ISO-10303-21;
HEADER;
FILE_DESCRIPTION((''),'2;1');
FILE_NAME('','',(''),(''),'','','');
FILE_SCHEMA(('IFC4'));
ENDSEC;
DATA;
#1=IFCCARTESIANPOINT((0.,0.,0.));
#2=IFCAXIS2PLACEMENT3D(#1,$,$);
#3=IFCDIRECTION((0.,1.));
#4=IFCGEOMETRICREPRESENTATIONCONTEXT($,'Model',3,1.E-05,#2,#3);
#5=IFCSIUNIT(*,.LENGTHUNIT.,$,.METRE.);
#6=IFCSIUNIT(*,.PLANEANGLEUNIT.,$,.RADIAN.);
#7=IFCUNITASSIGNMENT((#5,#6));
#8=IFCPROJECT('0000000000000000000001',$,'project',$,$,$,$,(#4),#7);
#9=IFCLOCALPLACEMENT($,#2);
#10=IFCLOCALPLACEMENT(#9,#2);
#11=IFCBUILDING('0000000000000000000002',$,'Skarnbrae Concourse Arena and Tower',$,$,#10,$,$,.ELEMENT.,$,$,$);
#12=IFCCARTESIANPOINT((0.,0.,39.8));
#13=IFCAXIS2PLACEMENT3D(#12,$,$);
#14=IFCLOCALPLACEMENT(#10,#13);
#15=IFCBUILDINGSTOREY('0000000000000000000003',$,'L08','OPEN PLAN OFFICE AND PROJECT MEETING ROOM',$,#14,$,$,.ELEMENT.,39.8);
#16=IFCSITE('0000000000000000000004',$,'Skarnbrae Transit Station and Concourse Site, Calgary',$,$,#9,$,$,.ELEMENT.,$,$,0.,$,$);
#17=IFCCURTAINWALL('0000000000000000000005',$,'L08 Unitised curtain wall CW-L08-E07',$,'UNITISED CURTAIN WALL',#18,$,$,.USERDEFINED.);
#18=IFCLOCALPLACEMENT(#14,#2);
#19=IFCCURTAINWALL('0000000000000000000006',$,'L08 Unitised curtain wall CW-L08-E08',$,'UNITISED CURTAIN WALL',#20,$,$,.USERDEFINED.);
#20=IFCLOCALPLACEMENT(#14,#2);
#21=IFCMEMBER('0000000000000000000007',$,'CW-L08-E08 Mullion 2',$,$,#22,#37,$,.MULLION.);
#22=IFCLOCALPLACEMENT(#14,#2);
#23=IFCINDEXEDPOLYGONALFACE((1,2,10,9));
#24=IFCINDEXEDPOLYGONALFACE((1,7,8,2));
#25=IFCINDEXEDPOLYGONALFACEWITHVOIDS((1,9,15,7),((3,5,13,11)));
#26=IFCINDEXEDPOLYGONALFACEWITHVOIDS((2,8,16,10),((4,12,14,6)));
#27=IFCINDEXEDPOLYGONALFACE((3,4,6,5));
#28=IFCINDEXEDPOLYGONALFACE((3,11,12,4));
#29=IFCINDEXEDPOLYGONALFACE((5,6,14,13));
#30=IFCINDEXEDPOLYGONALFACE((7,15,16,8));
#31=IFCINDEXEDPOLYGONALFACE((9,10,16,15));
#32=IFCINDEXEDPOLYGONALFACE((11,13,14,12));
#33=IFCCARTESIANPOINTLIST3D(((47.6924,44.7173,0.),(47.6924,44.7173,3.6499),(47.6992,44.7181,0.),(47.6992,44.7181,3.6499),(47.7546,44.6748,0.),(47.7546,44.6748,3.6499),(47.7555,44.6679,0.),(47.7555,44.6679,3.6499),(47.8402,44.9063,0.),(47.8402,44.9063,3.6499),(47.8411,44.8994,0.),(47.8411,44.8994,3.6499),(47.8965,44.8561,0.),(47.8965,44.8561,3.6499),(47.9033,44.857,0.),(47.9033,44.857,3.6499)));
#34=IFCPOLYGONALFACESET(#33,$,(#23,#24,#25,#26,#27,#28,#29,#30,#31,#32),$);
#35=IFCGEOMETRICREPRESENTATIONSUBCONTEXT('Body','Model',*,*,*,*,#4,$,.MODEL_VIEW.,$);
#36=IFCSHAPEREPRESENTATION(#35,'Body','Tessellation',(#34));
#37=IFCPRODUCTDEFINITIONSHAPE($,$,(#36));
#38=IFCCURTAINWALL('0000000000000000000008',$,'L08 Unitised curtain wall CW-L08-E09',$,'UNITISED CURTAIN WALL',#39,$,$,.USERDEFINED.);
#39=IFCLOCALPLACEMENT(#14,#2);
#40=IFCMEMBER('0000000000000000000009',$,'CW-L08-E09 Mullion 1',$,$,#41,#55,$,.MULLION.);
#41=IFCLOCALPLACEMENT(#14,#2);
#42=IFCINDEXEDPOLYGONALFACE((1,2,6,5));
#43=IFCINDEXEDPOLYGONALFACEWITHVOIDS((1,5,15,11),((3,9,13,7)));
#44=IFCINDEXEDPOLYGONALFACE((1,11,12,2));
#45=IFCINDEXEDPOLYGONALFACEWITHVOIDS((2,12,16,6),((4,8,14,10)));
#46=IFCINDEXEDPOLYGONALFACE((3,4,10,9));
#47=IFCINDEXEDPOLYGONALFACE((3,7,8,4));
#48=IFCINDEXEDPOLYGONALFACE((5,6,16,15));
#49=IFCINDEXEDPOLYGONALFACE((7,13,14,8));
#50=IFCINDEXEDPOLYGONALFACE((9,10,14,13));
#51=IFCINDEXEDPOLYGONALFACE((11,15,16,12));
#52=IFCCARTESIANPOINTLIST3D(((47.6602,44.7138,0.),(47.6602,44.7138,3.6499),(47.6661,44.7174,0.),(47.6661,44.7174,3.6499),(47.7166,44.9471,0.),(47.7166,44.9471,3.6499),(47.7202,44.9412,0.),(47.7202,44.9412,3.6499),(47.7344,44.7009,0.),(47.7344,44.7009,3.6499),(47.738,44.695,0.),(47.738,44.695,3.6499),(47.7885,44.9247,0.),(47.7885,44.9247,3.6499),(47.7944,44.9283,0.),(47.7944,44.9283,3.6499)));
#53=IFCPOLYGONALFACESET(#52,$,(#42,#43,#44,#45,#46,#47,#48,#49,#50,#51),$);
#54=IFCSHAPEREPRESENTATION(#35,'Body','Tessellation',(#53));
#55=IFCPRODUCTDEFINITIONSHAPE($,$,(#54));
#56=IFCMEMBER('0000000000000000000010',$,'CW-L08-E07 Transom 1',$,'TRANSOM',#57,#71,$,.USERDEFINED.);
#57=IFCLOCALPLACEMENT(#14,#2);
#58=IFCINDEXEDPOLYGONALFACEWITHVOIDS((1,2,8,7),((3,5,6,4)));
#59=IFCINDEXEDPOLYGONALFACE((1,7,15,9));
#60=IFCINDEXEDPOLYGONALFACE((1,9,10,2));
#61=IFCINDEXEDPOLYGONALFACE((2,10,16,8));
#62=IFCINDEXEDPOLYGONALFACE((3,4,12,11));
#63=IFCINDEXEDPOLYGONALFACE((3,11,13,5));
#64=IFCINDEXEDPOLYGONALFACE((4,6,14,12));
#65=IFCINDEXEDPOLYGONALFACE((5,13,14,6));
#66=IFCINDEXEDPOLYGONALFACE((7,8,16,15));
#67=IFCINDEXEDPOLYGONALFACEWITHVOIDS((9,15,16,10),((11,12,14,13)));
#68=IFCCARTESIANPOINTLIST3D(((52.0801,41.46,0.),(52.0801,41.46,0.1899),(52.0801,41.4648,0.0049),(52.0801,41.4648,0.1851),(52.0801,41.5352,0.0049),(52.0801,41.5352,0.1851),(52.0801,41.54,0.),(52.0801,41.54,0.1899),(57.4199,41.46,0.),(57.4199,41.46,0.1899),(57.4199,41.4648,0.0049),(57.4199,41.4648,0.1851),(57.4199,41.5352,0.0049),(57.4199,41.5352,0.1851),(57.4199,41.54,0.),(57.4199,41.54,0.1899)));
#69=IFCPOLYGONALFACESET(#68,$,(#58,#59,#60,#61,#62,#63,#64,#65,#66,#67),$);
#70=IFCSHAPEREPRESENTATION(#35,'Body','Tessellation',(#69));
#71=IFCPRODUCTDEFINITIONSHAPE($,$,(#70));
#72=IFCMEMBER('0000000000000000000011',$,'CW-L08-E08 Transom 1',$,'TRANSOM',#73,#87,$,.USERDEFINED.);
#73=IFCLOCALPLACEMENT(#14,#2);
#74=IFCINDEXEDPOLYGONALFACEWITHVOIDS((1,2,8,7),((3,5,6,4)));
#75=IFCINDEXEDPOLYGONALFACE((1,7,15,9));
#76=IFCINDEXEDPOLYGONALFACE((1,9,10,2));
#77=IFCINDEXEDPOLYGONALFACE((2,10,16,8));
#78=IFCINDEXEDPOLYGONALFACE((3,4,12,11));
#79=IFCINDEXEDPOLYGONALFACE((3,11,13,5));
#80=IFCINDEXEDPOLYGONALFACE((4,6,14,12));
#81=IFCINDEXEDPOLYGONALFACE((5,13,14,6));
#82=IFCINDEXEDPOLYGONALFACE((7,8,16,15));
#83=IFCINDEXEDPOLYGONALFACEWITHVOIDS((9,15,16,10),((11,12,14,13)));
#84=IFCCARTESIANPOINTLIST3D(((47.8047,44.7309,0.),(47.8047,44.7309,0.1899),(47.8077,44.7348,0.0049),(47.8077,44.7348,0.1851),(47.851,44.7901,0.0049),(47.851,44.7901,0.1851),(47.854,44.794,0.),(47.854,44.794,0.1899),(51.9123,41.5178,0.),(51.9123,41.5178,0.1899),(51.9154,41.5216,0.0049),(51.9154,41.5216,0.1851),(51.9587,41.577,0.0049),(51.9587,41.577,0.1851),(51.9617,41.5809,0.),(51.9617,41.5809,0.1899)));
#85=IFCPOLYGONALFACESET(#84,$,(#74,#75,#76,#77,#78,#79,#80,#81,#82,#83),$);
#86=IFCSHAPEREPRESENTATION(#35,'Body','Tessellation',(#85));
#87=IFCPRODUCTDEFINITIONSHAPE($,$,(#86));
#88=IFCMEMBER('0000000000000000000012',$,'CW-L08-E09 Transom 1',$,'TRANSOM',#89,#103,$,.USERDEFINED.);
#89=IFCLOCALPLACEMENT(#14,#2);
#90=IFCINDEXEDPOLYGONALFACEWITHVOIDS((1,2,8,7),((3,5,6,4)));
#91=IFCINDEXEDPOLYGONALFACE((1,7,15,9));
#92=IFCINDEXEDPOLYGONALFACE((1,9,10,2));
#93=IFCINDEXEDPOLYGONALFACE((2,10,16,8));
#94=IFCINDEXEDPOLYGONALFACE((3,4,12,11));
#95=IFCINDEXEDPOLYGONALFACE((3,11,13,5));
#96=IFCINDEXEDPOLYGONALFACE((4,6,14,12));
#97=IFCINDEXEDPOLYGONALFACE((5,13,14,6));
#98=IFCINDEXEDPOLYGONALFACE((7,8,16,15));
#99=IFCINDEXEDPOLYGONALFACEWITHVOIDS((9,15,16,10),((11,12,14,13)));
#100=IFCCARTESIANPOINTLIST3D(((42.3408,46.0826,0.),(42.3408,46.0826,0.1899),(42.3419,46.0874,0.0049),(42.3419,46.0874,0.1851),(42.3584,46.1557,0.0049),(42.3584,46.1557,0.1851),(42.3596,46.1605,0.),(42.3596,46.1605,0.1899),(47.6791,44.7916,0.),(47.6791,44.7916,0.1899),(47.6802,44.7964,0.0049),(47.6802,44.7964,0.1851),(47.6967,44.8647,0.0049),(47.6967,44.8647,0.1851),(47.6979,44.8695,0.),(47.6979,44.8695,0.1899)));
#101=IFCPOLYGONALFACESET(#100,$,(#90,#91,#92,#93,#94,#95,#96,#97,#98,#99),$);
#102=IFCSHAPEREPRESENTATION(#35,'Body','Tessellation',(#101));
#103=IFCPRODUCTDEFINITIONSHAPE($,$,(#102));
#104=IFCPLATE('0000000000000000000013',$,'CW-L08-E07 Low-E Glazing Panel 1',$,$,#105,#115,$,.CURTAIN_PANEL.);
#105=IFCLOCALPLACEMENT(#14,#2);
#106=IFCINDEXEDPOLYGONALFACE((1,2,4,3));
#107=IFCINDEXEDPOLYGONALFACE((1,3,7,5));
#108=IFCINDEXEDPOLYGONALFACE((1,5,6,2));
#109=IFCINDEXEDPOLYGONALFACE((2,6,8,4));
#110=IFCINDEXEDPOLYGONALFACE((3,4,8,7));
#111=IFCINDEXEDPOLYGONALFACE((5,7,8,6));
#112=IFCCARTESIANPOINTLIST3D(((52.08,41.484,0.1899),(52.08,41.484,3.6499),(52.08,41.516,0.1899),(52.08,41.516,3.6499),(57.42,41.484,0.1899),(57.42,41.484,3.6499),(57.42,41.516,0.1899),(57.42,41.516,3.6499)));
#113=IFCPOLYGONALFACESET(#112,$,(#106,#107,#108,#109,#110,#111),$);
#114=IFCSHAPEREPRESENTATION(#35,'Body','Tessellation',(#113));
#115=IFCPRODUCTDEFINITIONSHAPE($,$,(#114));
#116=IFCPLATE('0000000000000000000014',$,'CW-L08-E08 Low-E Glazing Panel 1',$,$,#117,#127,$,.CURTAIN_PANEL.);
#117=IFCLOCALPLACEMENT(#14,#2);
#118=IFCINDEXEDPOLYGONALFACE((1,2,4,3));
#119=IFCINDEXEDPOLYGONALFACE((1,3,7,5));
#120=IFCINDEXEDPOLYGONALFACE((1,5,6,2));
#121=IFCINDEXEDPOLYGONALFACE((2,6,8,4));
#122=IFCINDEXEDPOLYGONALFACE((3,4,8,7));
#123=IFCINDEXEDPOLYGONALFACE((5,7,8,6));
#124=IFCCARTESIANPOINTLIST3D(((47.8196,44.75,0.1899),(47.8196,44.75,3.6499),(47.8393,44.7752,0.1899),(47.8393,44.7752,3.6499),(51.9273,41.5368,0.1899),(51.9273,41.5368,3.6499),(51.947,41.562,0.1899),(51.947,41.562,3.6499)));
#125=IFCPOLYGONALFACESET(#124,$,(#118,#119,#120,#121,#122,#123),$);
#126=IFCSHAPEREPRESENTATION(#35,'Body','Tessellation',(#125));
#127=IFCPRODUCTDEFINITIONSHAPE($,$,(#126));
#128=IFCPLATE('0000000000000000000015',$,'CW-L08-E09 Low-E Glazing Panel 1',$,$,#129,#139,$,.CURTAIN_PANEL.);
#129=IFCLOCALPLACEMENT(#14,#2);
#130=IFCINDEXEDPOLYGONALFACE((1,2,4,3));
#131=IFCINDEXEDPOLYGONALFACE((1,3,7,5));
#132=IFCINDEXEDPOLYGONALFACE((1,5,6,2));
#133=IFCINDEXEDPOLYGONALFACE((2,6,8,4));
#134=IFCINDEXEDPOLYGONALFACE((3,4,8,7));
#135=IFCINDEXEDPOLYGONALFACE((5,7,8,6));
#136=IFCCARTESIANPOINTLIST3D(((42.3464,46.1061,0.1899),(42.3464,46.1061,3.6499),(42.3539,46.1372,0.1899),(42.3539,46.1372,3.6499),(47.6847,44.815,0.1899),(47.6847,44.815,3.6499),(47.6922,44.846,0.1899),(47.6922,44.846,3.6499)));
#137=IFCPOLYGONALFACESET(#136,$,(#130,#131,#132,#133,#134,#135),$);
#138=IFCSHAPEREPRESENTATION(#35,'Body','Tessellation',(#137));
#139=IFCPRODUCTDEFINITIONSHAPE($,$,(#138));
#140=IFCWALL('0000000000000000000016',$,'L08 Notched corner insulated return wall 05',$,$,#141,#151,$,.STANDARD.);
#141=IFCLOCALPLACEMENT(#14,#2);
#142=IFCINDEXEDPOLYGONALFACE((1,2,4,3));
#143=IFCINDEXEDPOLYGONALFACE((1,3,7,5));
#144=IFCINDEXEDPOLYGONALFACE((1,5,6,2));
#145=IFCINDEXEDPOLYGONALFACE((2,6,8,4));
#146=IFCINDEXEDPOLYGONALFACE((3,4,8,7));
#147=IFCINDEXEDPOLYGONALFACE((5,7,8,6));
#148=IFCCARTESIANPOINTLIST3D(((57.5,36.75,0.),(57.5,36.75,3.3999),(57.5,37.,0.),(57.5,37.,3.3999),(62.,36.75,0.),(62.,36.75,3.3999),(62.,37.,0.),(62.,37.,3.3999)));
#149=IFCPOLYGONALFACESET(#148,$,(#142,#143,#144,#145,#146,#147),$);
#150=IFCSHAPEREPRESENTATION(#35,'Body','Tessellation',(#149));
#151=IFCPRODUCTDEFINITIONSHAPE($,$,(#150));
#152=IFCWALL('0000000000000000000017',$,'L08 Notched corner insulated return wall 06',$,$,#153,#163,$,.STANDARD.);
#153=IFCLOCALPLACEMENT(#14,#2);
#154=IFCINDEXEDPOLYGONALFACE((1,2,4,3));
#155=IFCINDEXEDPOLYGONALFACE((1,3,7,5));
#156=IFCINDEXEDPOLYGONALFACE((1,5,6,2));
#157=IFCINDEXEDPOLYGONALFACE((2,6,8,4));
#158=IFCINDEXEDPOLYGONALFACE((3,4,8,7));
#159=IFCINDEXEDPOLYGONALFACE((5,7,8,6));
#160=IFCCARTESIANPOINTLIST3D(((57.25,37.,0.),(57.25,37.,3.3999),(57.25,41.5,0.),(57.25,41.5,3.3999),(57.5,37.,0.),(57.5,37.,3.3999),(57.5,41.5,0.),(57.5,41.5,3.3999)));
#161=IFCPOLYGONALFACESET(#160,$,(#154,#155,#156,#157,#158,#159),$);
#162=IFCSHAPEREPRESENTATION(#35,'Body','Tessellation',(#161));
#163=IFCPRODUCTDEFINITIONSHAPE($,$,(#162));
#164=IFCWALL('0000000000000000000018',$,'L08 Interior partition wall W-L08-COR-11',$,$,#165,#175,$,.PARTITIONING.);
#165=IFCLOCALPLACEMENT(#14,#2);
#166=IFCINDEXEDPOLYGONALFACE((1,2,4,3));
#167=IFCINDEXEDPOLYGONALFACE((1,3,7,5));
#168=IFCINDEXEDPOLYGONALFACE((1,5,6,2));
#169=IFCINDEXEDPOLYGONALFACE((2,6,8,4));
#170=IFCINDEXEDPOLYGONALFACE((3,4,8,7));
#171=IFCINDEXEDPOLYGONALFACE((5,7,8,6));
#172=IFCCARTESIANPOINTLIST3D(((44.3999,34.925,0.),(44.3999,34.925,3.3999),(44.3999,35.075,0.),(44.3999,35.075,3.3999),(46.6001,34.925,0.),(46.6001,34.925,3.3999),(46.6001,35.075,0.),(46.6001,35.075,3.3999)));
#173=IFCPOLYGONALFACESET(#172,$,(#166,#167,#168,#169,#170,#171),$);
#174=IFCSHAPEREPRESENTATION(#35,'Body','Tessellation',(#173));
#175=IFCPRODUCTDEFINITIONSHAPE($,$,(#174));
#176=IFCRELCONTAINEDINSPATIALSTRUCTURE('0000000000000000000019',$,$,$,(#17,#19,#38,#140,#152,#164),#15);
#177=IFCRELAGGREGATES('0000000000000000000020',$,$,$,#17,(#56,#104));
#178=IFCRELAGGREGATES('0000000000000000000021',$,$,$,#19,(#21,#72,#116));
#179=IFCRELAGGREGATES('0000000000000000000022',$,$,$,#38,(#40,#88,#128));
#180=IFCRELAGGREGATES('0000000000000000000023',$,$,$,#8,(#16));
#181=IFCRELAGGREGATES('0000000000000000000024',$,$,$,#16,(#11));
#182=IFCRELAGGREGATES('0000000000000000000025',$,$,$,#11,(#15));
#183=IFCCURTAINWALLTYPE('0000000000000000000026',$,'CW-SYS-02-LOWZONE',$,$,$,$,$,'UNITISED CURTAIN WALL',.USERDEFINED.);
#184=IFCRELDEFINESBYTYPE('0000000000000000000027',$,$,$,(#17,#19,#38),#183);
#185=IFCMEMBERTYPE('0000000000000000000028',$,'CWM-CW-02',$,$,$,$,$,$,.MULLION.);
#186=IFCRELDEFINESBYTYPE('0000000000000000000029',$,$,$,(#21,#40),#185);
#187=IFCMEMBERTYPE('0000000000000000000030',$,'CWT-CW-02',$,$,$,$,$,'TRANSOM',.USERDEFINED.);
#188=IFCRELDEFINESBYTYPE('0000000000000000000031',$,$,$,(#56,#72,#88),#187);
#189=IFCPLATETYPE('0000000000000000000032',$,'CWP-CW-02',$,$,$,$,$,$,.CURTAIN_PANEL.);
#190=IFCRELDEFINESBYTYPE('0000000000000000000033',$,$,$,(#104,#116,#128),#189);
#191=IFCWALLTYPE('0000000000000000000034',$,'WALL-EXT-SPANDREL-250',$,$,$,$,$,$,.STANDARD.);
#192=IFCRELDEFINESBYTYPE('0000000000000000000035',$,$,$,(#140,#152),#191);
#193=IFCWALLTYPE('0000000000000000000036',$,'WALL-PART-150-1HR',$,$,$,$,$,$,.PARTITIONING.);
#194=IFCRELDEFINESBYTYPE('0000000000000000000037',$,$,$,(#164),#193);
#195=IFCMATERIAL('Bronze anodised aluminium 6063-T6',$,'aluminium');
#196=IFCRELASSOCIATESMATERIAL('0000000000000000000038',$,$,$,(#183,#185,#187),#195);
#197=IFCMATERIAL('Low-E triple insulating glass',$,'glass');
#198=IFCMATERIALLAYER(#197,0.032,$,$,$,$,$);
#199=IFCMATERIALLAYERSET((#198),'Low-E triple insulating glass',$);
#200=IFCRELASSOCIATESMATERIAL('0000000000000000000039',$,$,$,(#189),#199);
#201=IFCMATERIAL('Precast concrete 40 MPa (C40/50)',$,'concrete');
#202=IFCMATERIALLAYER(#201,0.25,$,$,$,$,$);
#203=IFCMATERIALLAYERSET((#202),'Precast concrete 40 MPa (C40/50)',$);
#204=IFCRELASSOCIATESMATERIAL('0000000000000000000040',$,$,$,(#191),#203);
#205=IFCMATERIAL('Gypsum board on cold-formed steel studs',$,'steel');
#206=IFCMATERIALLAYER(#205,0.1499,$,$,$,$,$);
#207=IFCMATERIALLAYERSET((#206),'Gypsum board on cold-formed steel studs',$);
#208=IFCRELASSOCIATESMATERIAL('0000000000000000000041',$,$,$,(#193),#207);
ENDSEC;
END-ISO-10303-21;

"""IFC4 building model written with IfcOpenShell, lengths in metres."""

from ifc_helpers import new_model, si_unit, direction, frame, frame_2d, origin, origin_2d, place, context, subcontext, project, spatial, rectangle, hollow_rectangle, extrude, source, transform, mapped, material, layer, layer_set, material_profile, profile_set, type_object, element, aggregate, save


model = new_model("IFC4")

# Units and contexts
model_context = context("Model", 3, precision=1e-05, world=origin(), true_north=direction((0.0, 1.0)))
body_context = subcontext(model_context, "Body", "Model", "MODEL_VIEW")
ifc_project = project(units=[si_unit("LENGTHUNIT", "METRE"), si_unit("PLANEANGLEUNIT", "RADIAN")], contexts=[model_context])

# Site, building, storey
site_placement = place(None, origin())
site = spatial("IfcSite", under=ifc_project, at=site_placement, Name="Skarnbrae Transit Station and Concourse Site, Calgary", CompositionType="ELEMENT", RefElevation=0.0)
building_placement = place(site_placement, origin())
building = spatial("IfcBuilding", under=site, at=building_placement, Name="Skarnbrae Concourse Arena and Tower", CompositionType="ELEMENT")
storey_placement = place(building_placement, frame((0.0, 0.0, 39.8)))
storey = spatial("IfcBuildingStorey", under=building, at=storey_placement, Name="L08", Description="OPEN PLAN OFFICE AND PROJECT MEETING ROOM", CompositionType="ELEMENT", Elevation=39.8)

# Shared definitions
ifc_material_1 = material(Name="Bronze anodised aluminium 6063-T6", Category="aluminium")
curtain_wall_type = type_object("IfcCurtainWallType", Name="CW-SYS-02-LOWZONE", ElementType="UNITISED CURTAIN WALL", PredefinedType="USERDEFINED", material=ifc_material_1)
ifc_material_profile_1 = material_profile(ifc_material_1, hollow_rectangle(XDim=0.0801, YDim=0.24, WallThickness=0.0049, at=origin_2d()), Name="ALU-MULL-80X240")
ifc_profile_set_1 = profile_set([ifc_material_profile_1], Name="Bronze anodised aluminium 6063-T6")
member_type_1 = type_object("IfcMemberType", Name="CWM-CW-02", PredefinedType="MULLION", material=ifc_profile_set_1)
shared_shape_1 = source(origin(), body_context, "Body", "SweptSolid", [
    extrude(hollow_rectangle(XDim=0.0801, YDim=0.24, WallThickness=0.0049, at=origin_2d()), origin(), (0.0, 0.0, 1.0), 3.6499),
])

# Curtain walls, member
curtain_wall_1_placement = place(storey_placement, origin())
curtain_wall_1 = element("IfcCurtainWall", 1, at=curtain_wall_1_placement, inside=storey, type_object=curtain_wall_type, Name="L08 Unitised curtain wall CW-L08-E07", ObjectType="UNITISED CURTAIN WALL", PredefinedType="USERDEFINED")
curtain_wall_2_placement = place(storey_placement, origin())
curtain_wall_2 = element("IfcCurtainWall", 2, at=curtain_wall_2_placement, inside=storey, type_object=curtain_wall_type, Name="L08 Unitised curtain wall CW-L08-E08", ObjectType="UNITISED CURTAIN WALL", PredefinedType="USERDEFINED")
member_1_placement = place(storey_placement, frame((47.7979, 44.7871, 0.0), z_axis=(0.0, 0.0, 1.0), x_axis=(-0.787652, 0.616121, 0.0)))
member_1 = element("IfcMember", 3, at=member_1_placement, type_object=member_type_1, Name="CW-L08-E08 Mullion 2", PredefinedType="MULLION", context=body_context, shape_type="MappedRepresentation", body=[
    mapped(shared_shape_1, transform((0.0, 0.0, 0.0))),
])

# Curtain wall, member
curtain_wall_3_placement = place(storey_placement, origin())
curtain_wall_3 = element("IfcCurtainWall", 4, at=curtain_wall_3_placement, inside=storey, type_object=curtain_wall_type, Name="L08 Unitised curtain wall CW-L08-E09", ObjectType="UNITISED CURTAIN WALL", PredefinedType="USERDEFINED")
member_2_placement = place(storey_placement, frame((47.7273, 44.821, 0.0), z_axis=(0.0, 0.0, 1.0), x_axis=(-0.971974, 0.23509, 0.0)))
member_2 = element("IfcMember", 5, at=member_2_placement, type_object=member_type_1, Name="CW-L08-E09 Mullion 1", PredefinedType="MULLION", context=body_context, shape_type="MappedRepresentation", body=[
    mapped(shared_shape_1, transform((0.0, 0.0, 0.0))),
])

# Members
ifc_material_profile_2 = material_profile(ifc_material_1, hollow_rectangle(XDim=0.0801, YDim=0.1899, WallThickness=0.0049, at=origin_2d()), Name="ALU-TRAN-80X190")
ifc_profile_set_2 = profile_set([ifc_material_profile_2], Name="Bronze anodised aluminium 6063-T6")
member_type_2 = type_object("IfcMemberType", Name="CWT-CW-02", ElementType="TRANSOM", PredefinedType="USERDEFINED", material=ifc_profile_set_2)
shared_shape_2 = source(origin(), body_context, "Body", "SweptSolid", [
    extrude(hollow_rectangle(XDim=0.0801, YDim=0.1899, WallThickness=0.0049, at=origin_2d()), origin(), (0.0, 0.0, 1.0), 5.3398),
])
member_3_placement = place(storey_placement, frame((57.4199, 41.5, 0.095), z_axis=(-1.0, 0.0, 0.0), x_axis=(0.0, -1.0, 0.0)))
member_3 = element("IfcMember", 6, at=member_3_placement, type_object=member_type_2, Name="CW-L08-E07 Transom 1", ObjectType="TRANSOM", PredefinedType="USERDEFINED", context=body_context, shape_type="MappedRepresentation", body=[
    mapped(shared_shape_2, transform((0.0, 0.0, 0.0))),
])
shared_shape_3 = source(origin(), body_context, "Body", "SweptSolid", [
    extrude(hollow_rectangle(XDim=0.0801, YDim=0.1899, WallThickness=0.0049, at=origin_2d()), origin(), (0.0, 0.0, 1.0), 5.2151),
])
member_4_placement = place(storey_placement, frame((51.937, 41.5493, 0.095), z_axis=(-0.78765, 0.616123, 0.0), x_axis=(-0.616123, -0.78765, 0.0)))
member_4 = element("IfcMember", 7, at=member_4_placement, type_object=member_type_2, Name="CW-L08-E08 Transom 1", ObjectType="TRANSOM", PredefinedType="USERDEFINED", context=body_context, shape_type="MappedRepresentation", body=[
    mapped(shared_shape_3, transform((0.0, 0.0, 0.0))),
])
shared_shape_4 = source(origin(), body_context, "Body", "SweptSolid", [
    extrude(hollow_rectangle(XDim=0.0801, YDim=0.1899, WallThickness=0.0049, at=origin_2d()), origin(), (0.0, 0.0, 1.0), 5.4922),
])
member_5_placement = place(storey_placement, frame((47.6885, 44.8306, 0.095), z_axis=(-0.971981, 0.235061, 0.0), x_axis=(-0.235061, -0.971981, 0.0)))
member_5 = element("IfcMember", 8, at=member_5_placement, type_object=member_type_2, Name="CW-L08-E09 Transom 1", ObjectType="TRANSOM", PredefinedType="USERDEFINED", context=body_context, shape_type="MappedRepresentation", body=[
    mapped(shared_shape_4, transform((0.0, 0.0, 0.0))),
])

# Plates
ifc_material_2 = material(Name="Low-E triple insulating glass", Category="glass")
ifc_layer_1 = layer(ifc_material_2, 0.032)
ifc_layer_set_1 = layer_set([ifc_layer_1], Name="Low-E triple insulating glass")
plate_type = type_object("IfcPlateType", Name="CWP-CW-02", PredefinedType="CURTAIN_PANEL", material=ifc_layer_set_1)
shared_shape_5 = source(origin(), body_context, "Body", "SweptSolid", [
    extrude(rectangle(XDim=5.3401, YDim=0.032, at=origin_2d()), origin(), (0.0, 0.0, 1.0), 3.46),
])
plate_1_placement = place(storey_placement, frame((54.75, 41.5, 0.1899), z_axis=(0.0, 0.0, 1.0), x_axis=(-1.0, 0.0, 0.0)))
plate_1 = element("IfcPlate", 9, at=plate_1_placement, type_object=plate_type, Name="CW-L08-E07 Low-E Glazing Panel 1", PredefinedType="CURTAIN_PANEL", context=body_context, shape_type="MappedRepresentation", body=[
    mapped(shared_shape_5, transform((0.0, 0.0, 0.0))),
])
aggregate(curtain_wall_1, [member_3, plate_1])
shared_shape_6 = source(origin(), body_context, "Body", "SweptSolid", [
    extrude(rectangle(XDim=5.2151, YDim=0.032, at=origin_2d()), origin(), (0.0, 0.0, 1.0), 3.46),
])
plate_2_placement = place(storey_placement, frame((49.8833, 43.156, 0.1899), z_axis=(0.0, 0.0, 1.0), x_axis=(-0.787652, 0.616121, 0.0)))
plate_2 = element("IfcPlate", 10, at=plate_2_placement, type_object=plate_type, Name="CW-L08-E08 Low-E Glazing Panel 1", PredefinedType="CURTAIN_PANEL", context=body_context, shape_type="MappedRepresentation", body=[
    mapped(shared_shape_6, transform((0.0, 0.0, 0.0))),
])
aggregate(curtain_wall_2, [member_1, member_4, plate_2])
shared_shape_7 = source(origin(), body_context, "Body", "SweptSolid", [
    extrude(rectangle(XDim=5.4922, YDim=0.032, at=origin_2d()), origin(), (0.0, 0.0, 1.0), 3.46),
])
plate_3_placement = place(storey_placement, frame((45.0193, 45.4761, 0.1899), z_axis=(0.0, 0.0, 1.0), x_axis=(-0.971974, 0.23509, 0.0)))
plate_3 = element("IfcPlate", 11, at=plate_3_placement, type_object=plate_type, Name="CW-L08-E09 Low-E Glazing Panel 1", PredefinedType="CURTAIN_PANEL", context=body_context, shape_type="MappedRepresentation", body=[
    mapped(shared_shape_7, transform((0.0, 0.0, 0.0))),
])
aggregate(curtain_wall_3, [member_2, member_5, plate_3])

# Walls
ifc_material_3 = material(Name="Precast concrete 40 MPa (C40/50)", Category="concrete")
ifc_layer_2 = layer(ifc_material_3, 0.25)
ifc_layer_set_2 = layer_set([ifc_layer_2], Name="Precast concrete 40 MPa (C40/50)")
wall_type_1 = type_object("IfcWallType", Name="WALL-EXT-SPANDREL-250", PredefinedType="STANDARD", material=ifc_layer_set_2)
shared_shape_8 = source(origin(), body_context, "Body", "SweptSolid", [
    extrude(rectangle(XDim=4.5, YDim=0.25, at=frame_2d((2.25, 0.0))), origin(), (0.0, 0.0, 1.0), 3.3999),
])
for number, where, z_axis, x_axis, name in (
    (12, (62.0, 36.875, 0.0), (0.0, 0.0, 1.0), (-1.0, 0.0, 0.0), "L08 Notched corner insulated return wall 05"),
    (13, (57.375, 37.0, 0.0), (0.0, 0.0, 1.0), (0.0, 1.0, 0.0), "L08 Notched corner insulated return wall 06"),
):
    element("IfcWall", number, at=place(storey_placement, frame(where, z_axis=z_axis, x_axis=x_axis)), inside=storey, type_object=wall_type_1, Name=name, PredefinedType="STANDARD", context=body_context, shape_type="MappedRepresentation", body=[
        mapped(shared_shape_8, transform((0.0, 0.0, 0.0))),
    ])
ifc_material_4 = material(Name="Gypsum board on cold-formed steel studs", Category="steel")
ifc_layer_3 = layer(ifc_material_4, 0.1499)
ifc_layer_set_3 = layer_set([ifc_layer_3], Name="Gypsum board on cold-formed steel studs")
wall_type_2 = type_object("IfcWallType", Name="WALL-PART-150-1HR", PredefinedType="PARTITIONING", material=ifc_layer_set_3)
shared_shape_9 = source(origin(), body_context, "Body", "SweptSolid", [
    extrude(rectangle(XDim=2.2002, YDim=0.1499, at=frame_2d((1.1001, 0.0))), origin(), (0.0, 0.0, 1.0), 3.3999),
])
wall_1_placement = place(storey_placement, frame((44.3999, 35.0, 0.0), z_axis=(0.0, 0.0, 1.0), x_axis=(1.0, 0.0, 0.0)))
element("IfcWall", 14, at=wall_1_placement, inside=storey, type_object=wall_type_2, Name="L08 Interior partition wall W-L08-COR-11", PredefinedType="PARTITIONING", context=body_context, shape_type="MappedRepresentation", body=[
    mapped(shared_shape_9, transform((0.0, 0.0, 0.0))),
])

save(model, "model.ifc")
